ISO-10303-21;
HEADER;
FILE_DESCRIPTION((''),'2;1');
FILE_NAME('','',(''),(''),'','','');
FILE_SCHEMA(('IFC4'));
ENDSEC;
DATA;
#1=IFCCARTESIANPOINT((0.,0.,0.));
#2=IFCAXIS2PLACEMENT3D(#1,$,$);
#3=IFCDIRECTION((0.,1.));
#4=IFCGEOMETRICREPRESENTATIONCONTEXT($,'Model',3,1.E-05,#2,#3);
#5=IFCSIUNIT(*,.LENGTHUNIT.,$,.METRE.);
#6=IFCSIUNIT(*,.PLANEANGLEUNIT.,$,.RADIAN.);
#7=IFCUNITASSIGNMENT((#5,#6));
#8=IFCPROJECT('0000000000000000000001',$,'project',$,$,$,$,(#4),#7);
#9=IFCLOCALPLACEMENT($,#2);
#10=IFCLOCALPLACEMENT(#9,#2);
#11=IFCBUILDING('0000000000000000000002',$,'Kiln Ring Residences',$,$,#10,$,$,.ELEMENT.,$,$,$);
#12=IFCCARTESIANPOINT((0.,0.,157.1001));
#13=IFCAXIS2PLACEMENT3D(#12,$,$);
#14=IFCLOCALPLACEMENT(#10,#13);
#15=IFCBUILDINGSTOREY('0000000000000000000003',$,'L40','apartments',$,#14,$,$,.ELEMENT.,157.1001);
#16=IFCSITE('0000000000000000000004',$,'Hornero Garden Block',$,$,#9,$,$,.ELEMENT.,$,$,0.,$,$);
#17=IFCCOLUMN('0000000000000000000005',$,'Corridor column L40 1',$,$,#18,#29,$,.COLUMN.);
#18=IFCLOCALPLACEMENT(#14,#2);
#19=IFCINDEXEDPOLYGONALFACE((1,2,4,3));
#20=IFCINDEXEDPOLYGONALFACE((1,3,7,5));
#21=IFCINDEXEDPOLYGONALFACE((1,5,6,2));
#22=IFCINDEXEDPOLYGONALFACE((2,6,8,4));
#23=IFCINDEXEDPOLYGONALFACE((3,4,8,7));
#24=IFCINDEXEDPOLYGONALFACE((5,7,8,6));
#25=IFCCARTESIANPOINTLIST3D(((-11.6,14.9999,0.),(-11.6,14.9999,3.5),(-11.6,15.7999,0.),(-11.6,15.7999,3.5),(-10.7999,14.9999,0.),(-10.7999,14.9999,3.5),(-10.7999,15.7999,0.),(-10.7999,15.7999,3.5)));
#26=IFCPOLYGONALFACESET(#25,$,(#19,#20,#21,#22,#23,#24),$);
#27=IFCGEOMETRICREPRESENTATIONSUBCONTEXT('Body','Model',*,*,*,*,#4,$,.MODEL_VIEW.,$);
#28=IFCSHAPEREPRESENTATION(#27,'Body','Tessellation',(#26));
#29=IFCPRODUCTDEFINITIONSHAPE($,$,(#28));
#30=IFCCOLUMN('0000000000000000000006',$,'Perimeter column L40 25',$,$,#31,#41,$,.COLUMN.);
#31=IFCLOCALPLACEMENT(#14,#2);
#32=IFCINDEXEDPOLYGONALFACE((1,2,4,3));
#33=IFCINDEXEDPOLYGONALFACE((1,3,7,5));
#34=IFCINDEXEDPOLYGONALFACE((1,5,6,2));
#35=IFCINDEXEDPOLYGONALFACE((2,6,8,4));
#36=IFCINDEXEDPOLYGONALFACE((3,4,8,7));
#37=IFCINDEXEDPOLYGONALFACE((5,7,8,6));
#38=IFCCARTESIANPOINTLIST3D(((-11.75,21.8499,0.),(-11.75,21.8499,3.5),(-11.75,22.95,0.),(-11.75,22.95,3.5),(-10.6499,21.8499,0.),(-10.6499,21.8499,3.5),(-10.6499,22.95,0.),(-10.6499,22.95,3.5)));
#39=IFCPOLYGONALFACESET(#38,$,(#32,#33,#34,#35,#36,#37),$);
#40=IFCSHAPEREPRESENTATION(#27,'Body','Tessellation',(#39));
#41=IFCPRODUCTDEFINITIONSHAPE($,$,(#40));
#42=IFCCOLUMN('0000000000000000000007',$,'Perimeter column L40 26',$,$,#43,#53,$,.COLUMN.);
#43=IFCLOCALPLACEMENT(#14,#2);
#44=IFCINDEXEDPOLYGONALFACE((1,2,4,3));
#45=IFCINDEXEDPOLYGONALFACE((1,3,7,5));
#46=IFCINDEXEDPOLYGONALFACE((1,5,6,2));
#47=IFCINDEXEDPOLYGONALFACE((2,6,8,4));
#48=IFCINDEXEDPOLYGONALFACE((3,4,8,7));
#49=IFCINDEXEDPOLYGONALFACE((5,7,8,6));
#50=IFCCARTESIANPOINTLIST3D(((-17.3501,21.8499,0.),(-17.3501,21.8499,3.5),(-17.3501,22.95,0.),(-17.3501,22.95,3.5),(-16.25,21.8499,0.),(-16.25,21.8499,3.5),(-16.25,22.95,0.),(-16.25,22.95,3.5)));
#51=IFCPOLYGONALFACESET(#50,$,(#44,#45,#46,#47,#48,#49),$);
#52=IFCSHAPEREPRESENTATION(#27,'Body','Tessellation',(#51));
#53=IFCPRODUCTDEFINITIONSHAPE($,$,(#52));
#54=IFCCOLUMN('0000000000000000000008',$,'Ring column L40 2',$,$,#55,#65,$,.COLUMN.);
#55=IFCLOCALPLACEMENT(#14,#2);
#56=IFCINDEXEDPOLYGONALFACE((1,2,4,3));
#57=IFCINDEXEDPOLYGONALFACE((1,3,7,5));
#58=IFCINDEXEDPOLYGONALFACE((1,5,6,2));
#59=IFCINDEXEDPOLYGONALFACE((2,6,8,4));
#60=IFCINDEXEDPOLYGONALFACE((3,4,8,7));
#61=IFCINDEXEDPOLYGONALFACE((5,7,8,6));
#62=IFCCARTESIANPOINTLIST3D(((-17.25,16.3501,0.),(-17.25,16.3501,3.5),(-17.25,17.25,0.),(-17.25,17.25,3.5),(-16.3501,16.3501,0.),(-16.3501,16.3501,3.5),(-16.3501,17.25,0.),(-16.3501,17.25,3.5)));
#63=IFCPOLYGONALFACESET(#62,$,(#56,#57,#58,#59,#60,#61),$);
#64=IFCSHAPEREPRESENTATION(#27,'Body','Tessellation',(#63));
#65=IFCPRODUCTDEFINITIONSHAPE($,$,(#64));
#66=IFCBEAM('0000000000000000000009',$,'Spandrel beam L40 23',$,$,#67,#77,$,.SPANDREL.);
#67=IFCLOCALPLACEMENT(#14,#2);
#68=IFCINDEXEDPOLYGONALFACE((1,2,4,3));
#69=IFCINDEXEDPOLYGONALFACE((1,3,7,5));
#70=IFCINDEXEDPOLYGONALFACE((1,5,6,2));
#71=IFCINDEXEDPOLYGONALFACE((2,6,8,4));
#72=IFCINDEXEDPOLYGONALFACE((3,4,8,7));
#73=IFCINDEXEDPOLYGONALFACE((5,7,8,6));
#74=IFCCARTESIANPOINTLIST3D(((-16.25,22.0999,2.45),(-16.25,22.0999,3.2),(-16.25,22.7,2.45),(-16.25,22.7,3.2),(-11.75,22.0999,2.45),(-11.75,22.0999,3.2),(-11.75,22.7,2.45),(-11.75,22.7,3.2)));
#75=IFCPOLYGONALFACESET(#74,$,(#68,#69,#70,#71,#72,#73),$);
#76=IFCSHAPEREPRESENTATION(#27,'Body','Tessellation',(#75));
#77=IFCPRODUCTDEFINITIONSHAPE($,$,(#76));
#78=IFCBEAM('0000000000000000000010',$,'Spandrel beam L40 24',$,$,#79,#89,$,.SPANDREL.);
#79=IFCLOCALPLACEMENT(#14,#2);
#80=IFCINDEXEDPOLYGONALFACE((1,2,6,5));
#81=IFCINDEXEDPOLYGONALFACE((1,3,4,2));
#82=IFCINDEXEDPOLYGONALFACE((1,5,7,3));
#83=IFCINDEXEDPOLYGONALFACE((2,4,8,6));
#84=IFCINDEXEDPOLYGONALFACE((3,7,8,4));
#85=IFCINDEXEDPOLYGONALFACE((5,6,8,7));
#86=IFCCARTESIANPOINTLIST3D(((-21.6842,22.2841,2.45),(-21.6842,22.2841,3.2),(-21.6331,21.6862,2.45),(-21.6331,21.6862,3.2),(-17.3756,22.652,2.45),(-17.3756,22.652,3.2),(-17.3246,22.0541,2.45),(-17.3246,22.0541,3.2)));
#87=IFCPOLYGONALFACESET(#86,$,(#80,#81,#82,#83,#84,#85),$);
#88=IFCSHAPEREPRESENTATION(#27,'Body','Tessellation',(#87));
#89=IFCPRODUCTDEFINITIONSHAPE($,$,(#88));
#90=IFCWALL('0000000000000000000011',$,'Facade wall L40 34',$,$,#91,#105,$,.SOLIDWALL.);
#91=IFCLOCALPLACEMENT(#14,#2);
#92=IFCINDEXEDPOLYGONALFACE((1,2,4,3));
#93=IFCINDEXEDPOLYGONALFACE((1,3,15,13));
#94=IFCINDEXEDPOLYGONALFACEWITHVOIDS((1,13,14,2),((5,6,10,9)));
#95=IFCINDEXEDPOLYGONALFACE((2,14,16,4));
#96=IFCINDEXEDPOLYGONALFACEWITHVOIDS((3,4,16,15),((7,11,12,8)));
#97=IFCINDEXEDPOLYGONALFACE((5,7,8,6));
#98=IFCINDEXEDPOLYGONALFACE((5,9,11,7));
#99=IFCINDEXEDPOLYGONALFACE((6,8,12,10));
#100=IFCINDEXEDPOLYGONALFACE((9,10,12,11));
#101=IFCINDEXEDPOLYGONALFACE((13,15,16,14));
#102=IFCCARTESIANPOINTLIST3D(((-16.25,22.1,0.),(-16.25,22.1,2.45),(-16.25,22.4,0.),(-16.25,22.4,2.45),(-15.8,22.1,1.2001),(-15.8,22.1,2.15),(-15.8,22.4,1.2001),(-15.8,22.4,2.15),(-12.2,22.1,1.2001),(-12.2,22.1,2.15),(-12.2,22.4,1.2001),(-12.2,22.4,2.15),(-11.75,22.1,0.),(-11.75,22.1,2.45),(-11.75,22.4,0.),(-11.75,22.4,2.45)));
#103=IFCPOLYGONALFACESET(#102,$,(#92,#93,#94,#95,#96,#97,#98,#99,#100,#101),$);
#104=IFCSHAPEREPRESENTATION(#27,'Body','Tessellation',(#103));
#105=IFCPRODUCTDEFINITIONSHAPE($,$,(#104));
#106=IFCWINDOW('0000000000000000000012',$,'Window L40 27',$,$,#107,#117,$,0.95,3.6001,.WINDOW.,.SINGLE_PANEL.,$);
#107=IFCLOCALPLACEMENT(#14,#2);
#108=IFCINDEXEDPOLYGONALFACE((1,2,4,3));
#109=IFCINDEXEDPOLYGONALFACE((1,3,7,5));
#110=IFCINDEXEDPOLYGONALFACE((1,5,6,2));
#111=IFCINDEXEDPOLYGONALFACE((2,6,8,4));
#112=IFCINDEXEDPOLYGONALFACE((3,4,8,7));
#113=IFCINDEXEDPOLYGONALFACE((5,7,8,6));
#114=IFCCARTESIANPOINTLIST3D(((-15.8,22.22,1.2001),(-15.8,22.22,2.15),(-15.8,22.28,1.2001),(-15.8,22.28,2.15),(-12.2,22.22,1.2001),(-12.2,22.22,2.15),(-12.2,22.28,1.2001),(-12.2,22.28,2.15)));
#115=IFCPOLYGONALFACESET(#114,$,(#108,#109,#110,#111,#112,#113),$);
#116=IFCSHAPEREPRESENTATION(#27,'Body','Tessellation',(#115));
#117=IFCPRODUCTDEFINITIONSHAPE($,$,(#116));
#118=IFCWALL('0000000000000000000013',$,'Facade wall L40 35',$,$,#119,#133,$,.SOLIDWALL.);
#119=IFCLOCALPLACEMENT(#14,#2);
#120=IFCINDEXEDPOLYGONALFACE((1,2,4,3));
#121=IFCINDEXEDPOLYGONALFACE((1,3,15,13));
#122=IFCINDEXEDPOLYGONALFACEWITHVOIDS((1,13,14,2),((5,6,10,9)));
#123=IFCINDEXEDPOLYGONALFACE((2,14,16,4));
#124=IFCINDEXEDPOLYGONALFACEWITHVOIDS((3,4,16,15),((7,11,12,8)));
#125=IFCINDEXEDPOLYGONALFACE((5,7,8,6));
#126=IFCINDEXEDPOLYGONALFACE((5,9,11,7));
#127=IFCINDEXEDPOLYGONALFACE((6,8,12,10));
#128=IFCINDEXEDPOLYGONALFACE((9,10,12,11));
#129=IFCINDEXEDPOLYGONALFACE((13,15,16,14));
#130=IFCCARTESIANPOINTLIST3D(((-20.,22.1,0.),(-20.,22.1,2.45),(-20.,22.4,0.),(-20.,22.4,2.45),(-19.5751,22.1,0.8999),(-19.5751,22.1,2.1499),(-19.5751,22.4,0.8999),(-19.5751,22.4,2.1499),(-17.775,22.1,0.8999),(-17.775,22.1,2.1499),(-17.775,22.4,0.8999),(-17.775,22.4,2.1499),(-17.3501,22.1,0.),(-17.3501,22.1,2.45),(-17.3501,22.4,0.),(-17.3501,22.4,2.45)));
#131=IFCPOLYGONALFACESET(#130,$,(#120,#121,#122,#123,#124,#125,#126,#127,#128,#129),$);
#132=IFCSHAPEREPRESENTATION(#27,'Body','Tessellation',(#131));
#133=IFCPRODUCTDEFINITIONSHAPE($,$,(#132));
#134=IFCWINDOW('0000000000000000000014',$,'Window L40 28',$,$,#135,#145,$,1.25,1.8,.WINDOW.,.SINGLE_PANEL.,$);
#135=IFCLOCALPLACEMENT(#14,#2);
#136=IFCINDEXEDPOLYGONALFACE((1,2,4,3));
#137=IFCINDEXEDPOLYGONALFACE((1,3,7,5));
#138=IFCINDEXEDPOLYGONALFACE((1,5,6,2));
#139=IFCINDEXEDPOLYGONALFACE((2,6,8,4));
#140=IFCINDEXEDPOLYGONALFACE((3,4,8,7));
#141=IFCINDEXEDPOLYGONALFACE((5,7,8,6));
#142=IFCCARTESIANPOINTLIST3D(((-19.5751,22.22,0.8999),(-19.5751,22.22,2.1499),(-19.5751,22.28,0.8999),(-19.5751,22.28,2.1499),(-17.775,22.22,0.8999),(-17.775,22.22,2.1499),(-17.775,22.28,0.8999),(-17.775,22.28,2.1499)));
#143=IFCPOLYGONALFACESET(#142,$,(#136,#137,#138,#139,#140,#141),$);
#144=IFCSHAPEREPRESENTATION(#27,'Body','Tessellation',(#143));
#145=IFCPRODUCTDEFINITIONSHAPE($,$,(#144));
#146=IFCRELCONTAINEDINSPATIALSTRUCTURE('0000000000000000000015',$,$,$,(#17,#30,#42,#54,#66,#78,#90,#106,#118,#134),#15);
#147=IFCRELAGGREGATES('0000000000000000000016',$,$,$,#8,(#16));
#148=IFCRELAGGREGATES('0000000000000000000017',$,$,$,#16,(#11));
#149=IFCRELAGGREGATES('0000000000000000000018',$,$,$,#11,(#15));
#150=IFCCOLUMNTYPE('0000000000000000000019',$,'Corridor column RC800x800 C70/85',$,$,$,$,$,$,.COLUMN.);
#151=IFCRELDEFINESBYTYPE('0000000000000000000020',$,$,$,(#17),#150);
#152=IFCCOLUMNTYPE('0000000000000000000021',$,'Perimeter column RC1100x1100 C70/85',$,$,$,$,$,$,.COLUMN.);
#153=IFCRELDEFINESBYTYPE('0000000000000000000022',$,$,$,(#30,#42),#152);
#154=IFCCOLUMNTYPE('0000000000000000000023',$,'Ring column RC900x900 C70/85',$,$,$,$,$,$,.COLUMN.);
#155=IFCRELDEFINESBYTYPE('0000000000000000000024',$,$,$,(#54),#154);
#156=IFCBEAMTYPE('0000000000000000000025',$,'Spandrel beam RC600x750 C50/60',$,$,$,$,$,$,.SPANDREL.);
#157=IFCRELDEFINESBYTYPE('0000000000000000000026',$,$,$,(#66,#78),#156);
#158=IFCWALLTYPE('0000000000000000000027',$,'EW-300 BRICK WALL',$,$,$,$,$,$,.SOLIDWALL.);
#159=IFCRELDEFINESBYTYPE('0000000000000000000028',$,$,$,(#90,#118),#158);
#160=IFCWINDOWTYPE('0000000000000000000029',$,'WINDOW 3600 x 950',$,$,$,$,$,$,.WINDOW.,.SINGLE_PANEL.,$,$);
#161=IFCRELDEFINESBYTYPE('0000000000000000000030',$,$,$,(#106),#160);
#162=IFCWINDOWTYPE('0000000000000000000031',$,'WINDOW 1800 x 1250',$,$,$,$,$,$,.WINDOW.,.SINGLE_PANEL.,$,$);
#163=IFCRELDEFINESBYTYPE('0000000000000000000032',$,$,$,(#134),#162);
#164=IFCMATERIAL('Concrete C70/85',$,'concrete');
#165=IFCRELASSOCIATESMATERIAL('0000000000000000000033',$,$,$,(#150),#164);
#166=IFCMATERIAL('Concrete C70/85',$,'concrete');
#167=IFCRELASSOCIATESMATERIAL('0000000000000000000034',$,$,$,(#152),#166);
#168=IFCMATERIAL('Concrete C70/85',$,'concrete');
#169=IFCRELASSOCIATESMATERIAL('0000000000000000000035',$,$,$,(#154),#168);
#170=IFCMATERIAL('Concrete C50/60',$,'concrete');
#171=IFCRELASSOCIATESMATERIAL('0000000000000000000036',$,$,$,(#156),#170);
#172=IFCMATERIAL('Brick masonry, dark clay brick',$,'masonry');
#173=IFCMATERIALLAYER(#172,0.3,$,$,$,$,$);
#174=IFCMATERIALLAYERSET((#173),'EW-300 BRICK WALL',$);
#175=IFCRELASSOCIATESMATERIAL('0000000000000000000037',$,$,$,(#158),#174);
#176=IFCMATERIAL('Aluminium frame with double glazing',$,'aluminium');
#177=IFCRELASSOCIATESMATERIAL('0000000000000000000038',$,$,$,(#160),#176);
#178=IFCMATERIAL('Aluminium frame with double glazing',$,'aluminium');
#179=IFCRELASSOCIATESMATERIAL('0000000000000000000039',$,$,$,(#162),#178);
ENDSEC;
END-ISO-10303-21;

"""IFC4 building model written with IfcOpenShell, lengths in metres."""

from ifc_helpers import new_model, si_unit, direction, frame, frame_2d, origin, origin_2d, place, context, subcontext, project, spatial, rectangle, extrude, material, layer, layer_set, material_profile, profile_set, type_object, element, fill, save


model = new_model("IFC4")

# Units and contexts
model_context = context("Model", 3, precision=1e-05, world=origin(), true_north=direction((0.0, 1.0)))
body_context = subcontext(model_context, "Body", "Model", "MODEL_VIEW")
ifc_project = project(units=[si_unit("LENGTHUNIT", "METRE"), si_unit("PLANEANGLEUNIT", "RADIAN")], contexts=[model_context])

# Site, building, storey
site_placement = place(None, origin())
site = spatial("IfcSite", under=ifc_project, at=site_placement, Name="Hornero Garden Block", CompositionType="ELEMENT", RefElevation=0.0)
building_placement = place(site_placement, origin())
building = spatial("IfcBuilding", under=site, at=building_placement, Name="Kiln Ring Residences", CompositionType="ELEMENT")
storey_placement = place(building_placement, frame((0.0, 0.0, 157.1001)))
storey = spatial("IfcBuildingStorey", under=building, at=storey_placement, Name="L40", Description="apartments", CompositionType="ELEMENT", Elevation=157.1001)

# Columns
ifc_material_1 = material(Name="Concrete C70/85", Category="concrete")
ifc_material_profile_1 = material_profile(ifc_material_1, rectangle(XDim=0.8, YDim=0.8, at=origin_2d()), Name="RC800x800")
ifc_profile_set_1 = profile_set([ifc_material_profile_1], Name="Concrete C70/85")
column_type_1 = type_object("IfcColumnType", Name="Corridor column RC800x800 C70/85", PredefinedType="COLUMN", material=ifc_profile_set_1)
column_1_placement = place(storey_placement, frame((-11.2, 15.3999, 0.0), z_axis=(0.0, 0.0, 1.0), x_axis=(1.0, 0.0, 0.0)))
element("IfcColumn", 1, at=column_1_placement, inside=storey, type_object=column_type_1, Name="Corridor column L40 1", PredefinedType="COLUMN", context=body_context, shape_type="SweptSolid", body=[
    extrude(rectangle(XDim=0.8, YDim=0.8, at=origin_2d()), origin(), (0.0, 0.0, 1.0), 3.5),
])
ifc_material_2 = material(Name="Concrete C70/85", Category="concrete")
ifc_material_profile_2 = material_profile(ifc_material_2, rectangle(XDim=1.1001, YDim=1.1001, at=origin_2d()), Name="RC1100x1100")
ifc_profile_set_2 = profile_set([ifc_material_profile_2], Name="Concrete C70/85")
column_type_2 = type_object("IfcColumnType", Name="Perimeter column RC1100x1100 C70/85", PredefinedType="COLUMN", material=ifc_profile_set_2)
for number, where, z_axis, x_axis, name in (
    (2, (-11.2, 22.3999, 0.0), (0.0, 0.0, 1.0), (1.0, 0.0, 0.0), "Perimeter column L40 25"),
    (3, (-16.8, 22.3999, 0.0), (0.0, 0.0, 1.0), (1.0, 0.0, 0.0), "Perimeter column L40 26"),
):
    element("IfcColumn", number, at=place(storey_placement, frame(where, z_axis=z_axis, x_axis=x_axis)), inside=storey, type_object=column_type_2, Name=name, PredefinedType="COLUMN", context=body_context, shape_type="SweptSolid", body=[
        extrude(rectangle(XDim=1.1001, YDim=1.1001, at=origin_2d()), origin(), (0.0, 0.0, 1.0), 3.5),
    ])
ifc_material_3 = material(Name="Concrete C70/85", Category="concrete")
ifc_material_profile_3 = material_profile(ifc_material_3, rectangle(XDim=0.8999, YDim=0.8999, at=origin_2d()), Name="RC900x900")
ifc_profile_set_3 = profile_set([ifc_material_profile_3], Name="Concrete C70/85")
column_type_3 = type_object("IfcColumnType", Name="Ring column RC900x900 C70/85", PredefinedType="COLUMN", material=ifc_profile_set_3)
column_2_placement = place(storey_placement, frame((-16.8, 16.8, 0.0), z_axis=(0.0, 0.0, 1.0), x_axis=(1.0, 0.0, 0.0)))
element("IfcColumn", 4, at=column_2_placement, inside=storey, type_object=column_type_3, Name="Ring column L40 2", PredefinedType="COLUMN", context=body_context, shape_type="SweptSolid", body=[
    extrude(rectangle(XDim=0.8999, YDim=0.8999, at=origin_2d()), origin(), (0.0, 0.0, 1.0), 3.5),
])

# Beams
ifc_material_4 = material(Name="Concrete C50/60", Category="concrete")
ifc_material_profile_4 = material_profile(ifc_material_4, rectangle(XDim=0.6001, YDim=0.75, at=origin_2d()), Name="RC600x750")
ifc_profile_set_4 = profile_set([ifc_material_profile_4], Name="Concrete C50/60")
beam_type = type_object("IfcBeamType", Name="Spandrel beam RC600x750 C50/60", PredefinedType="SPANDREL", material=ifc_profile_set_4)
beam_1_placement = place(storey_placement, frame((-11.75, 22.3999, 2.825), z_axis=(-1.0, 0.0, 0.0), x_axis=(0.0, -1.0, 0.0)))
element("IfcBeam", 5, at=beam_1_placement, inside=storey, type_object=beam_type, Name="Spandrel beam L40 23", PredefinedType="SPANDREL", context=body_context, shape_type="SweptSolid", body=[
    extrude(rectangle(XDim=0.6001, YDim=0.75, at=origin_2d()), origin(), (0.0, 0.0, 1.0), 4.5),
])
beam_2_placement = place(storey_placement, frame((-17.3501, 22.353, 2.825), z_axis=(-0.996374, -0.085082, 0.0), x_axis=(0.085082, -0.996374, 0.0)))
element("IfcBeam", 6, at=beam_2_placement, inside=storey, type_object=beam_type, Name="Spandrel beam L40 24", PredefinedType="SPANDREL", context=body_context, shape_type="SweptSolid", body=[
    extrude(rectangle(XDim=0.6001, YDim=0.75, at=origin_2d()), origin(), (0.0, 0.0, 1.0), 4.3242),
])

# Walls, openings, windows
ifc_material_5 = material(Name="Brick masonry, dark clay brick", Category="masonry")
ifc_layer_1 = layer(ifc_material_5, 0.3)
ifc_layer_set_1 = layer_set([ifc_layer_1], Name="EW-300 BRICK WALL")
wall_type_1 = type_object("IfcWallType", Name="EW-300 BRICK WALL", PredefinedType="SOLIDWALL", material=ifc_layer_set_1)
wall_1_placement = place(storey_placement, frame((-11.75, 22.25, 0.0), z_axis=(0.0, 0.0, 1.0), x_axis=(-1.0, 0.0, 0.0)))
wall_1 = element("IfcWall", 7, at=wall_1_placement, inside=storey, type_object=wall_type_1, Name="Facade wall L40 34", PredefinedType="SOLIDWALL", context=body_context, shape_type="SweptSolid", body=[
    extrude(rectangle(XDim=4.5, YDim=0.3, at=frame_2d((2.25, 0.0))), origin(), (0.0, 0.0, 1.0), 2.45),
])
opening_1_placement = place(wall_1_placement, frame((0.45, 0.0, 1.2)))
opening_1 = element("IfcOpeningElement", 8, at=opening_1_placement, cuts=wall_1, PredefinedType="OPENING", context=body_context, shape_type="SweptSolid", body=[
    extrude(rectangle(XDim=3.6001, YDim=0.95, at=frame_2d((1.8, 0.4751))), frame((0.0, 0.1599, 0.0), z_axis=(0.0, -1.0, 0.0), x_axis=(1.0, 0.0, 0.0)), (0.0, 0.0, 1.0), 0.3201),
])
ifc_material_6 = material(Name="Aluminium frame with double glazing", Category="aluminium")
window_type_1 = type_object("IfcWindowType", Name="WINDOW 3600 x 950", PartitioningType="SINGLE_PANEL", PredefinedType="WINDOW", material=ifc_material_6)
window_1_placement = place(opening_1_placement, origin())
window_1 = element("IfcWindow", 9, at=window_1_placement, inside=storey, type_object=window_type_1, Name="Window L40 27", OverallHeight=0.95, OverallWidth=3.6001, PartitioningType="SINGLE_PANEL", PredefinedType="WINDOW", context=body_context, shape_type="SweptSolid", body=[
    extrude(rectangle(XDim=3.6001, YDim=0.95, at=frame_2d((1.8, 0.4751))), frame((0.0, 0.03, 0.0), z_axis=(0.0, -1.0, 0.0), x_axis=(1.0, 0.0, 0.0)), (0.0, 0.0, 1.0), 0.0601),
])
fill(opening_1, window_1)
wall_2_placement = place(storey_placement, frame((-17.3501, 22.25, 0.0), z_axis=(0.0, 0.0, 1.0), x_axis=(-1.0, 0.0, 0.0)))
wall_2 = element("IfcWall", 10, at=wall_2_placement, inside=storey, type_object=wall_type_1, Name="Facade wall L40 35", PredefinedType="SOLIDWALL", context=body_context, shape_type="SweptSolid", body=[
    extrude(rectangle(XDim=2.6499, YDim=0.3, at=frame_2d((1.325, 0.0))), origin(), (0.0, 0.0, 1.0), 2.45),
])
opening_2_placement = place(wall_2_placement, frame((0.425, 0.0, 0.8999)))
opening_2 = element("IfcOpeningElement", 11, at=opening_2_placement, cuts=wall_2, PredefinedType="OPENING", context=body_context, shape_type="SweptSolid", body=[
    extrude(rectangle(XDim=1.8, YDim=1.25, at=frame_2d((0.8999, 0.625))), frame((0.0, 0.1599, 0.0), z_axis=(0.0, -1.0, 0.0), x_axis=(1.0, 0.0, 0.0)), (0.0, 0.0, 1.0), 0.3201),
])
ifc_material_7 = material(Name="Aluminium frame with double glazing", Category="aluminium")
window_type_2 = type_object("IfcWindowType", Name="WINDOW 1800 x 1250", PartitioningType="SINGLE_PANEL", PredefinedType="WINDOW", material=ifc_material_7)
window_2_placement = place(opening_2_placement, origin())
window_2 = element("IfcWindow", 12, at=window_2_placement, inside=storey, type_object=window_type_2, Name="Window L40 28", OverallHeight=1.25, OverallWidth=1.8, PartitioningType="SINGLE_PANEL", PredefinedType="WINDOW", context=body_context, shape_type="SweptSolid", body=[
    extrude(rectangle(XDim=1.8, YDim=1.25, at=frame_2d((0.8999, 0.625))), frame((0.0, 0.03, 0.0), z_axis=(0.0, -1.0, 0.0), x_axis=(1.0, 0.0, 0.0)), (0.0, 0.0, 1.0), 0.0601),
])
fill(opening_2, window_2)

save(model, "model.ifc")
